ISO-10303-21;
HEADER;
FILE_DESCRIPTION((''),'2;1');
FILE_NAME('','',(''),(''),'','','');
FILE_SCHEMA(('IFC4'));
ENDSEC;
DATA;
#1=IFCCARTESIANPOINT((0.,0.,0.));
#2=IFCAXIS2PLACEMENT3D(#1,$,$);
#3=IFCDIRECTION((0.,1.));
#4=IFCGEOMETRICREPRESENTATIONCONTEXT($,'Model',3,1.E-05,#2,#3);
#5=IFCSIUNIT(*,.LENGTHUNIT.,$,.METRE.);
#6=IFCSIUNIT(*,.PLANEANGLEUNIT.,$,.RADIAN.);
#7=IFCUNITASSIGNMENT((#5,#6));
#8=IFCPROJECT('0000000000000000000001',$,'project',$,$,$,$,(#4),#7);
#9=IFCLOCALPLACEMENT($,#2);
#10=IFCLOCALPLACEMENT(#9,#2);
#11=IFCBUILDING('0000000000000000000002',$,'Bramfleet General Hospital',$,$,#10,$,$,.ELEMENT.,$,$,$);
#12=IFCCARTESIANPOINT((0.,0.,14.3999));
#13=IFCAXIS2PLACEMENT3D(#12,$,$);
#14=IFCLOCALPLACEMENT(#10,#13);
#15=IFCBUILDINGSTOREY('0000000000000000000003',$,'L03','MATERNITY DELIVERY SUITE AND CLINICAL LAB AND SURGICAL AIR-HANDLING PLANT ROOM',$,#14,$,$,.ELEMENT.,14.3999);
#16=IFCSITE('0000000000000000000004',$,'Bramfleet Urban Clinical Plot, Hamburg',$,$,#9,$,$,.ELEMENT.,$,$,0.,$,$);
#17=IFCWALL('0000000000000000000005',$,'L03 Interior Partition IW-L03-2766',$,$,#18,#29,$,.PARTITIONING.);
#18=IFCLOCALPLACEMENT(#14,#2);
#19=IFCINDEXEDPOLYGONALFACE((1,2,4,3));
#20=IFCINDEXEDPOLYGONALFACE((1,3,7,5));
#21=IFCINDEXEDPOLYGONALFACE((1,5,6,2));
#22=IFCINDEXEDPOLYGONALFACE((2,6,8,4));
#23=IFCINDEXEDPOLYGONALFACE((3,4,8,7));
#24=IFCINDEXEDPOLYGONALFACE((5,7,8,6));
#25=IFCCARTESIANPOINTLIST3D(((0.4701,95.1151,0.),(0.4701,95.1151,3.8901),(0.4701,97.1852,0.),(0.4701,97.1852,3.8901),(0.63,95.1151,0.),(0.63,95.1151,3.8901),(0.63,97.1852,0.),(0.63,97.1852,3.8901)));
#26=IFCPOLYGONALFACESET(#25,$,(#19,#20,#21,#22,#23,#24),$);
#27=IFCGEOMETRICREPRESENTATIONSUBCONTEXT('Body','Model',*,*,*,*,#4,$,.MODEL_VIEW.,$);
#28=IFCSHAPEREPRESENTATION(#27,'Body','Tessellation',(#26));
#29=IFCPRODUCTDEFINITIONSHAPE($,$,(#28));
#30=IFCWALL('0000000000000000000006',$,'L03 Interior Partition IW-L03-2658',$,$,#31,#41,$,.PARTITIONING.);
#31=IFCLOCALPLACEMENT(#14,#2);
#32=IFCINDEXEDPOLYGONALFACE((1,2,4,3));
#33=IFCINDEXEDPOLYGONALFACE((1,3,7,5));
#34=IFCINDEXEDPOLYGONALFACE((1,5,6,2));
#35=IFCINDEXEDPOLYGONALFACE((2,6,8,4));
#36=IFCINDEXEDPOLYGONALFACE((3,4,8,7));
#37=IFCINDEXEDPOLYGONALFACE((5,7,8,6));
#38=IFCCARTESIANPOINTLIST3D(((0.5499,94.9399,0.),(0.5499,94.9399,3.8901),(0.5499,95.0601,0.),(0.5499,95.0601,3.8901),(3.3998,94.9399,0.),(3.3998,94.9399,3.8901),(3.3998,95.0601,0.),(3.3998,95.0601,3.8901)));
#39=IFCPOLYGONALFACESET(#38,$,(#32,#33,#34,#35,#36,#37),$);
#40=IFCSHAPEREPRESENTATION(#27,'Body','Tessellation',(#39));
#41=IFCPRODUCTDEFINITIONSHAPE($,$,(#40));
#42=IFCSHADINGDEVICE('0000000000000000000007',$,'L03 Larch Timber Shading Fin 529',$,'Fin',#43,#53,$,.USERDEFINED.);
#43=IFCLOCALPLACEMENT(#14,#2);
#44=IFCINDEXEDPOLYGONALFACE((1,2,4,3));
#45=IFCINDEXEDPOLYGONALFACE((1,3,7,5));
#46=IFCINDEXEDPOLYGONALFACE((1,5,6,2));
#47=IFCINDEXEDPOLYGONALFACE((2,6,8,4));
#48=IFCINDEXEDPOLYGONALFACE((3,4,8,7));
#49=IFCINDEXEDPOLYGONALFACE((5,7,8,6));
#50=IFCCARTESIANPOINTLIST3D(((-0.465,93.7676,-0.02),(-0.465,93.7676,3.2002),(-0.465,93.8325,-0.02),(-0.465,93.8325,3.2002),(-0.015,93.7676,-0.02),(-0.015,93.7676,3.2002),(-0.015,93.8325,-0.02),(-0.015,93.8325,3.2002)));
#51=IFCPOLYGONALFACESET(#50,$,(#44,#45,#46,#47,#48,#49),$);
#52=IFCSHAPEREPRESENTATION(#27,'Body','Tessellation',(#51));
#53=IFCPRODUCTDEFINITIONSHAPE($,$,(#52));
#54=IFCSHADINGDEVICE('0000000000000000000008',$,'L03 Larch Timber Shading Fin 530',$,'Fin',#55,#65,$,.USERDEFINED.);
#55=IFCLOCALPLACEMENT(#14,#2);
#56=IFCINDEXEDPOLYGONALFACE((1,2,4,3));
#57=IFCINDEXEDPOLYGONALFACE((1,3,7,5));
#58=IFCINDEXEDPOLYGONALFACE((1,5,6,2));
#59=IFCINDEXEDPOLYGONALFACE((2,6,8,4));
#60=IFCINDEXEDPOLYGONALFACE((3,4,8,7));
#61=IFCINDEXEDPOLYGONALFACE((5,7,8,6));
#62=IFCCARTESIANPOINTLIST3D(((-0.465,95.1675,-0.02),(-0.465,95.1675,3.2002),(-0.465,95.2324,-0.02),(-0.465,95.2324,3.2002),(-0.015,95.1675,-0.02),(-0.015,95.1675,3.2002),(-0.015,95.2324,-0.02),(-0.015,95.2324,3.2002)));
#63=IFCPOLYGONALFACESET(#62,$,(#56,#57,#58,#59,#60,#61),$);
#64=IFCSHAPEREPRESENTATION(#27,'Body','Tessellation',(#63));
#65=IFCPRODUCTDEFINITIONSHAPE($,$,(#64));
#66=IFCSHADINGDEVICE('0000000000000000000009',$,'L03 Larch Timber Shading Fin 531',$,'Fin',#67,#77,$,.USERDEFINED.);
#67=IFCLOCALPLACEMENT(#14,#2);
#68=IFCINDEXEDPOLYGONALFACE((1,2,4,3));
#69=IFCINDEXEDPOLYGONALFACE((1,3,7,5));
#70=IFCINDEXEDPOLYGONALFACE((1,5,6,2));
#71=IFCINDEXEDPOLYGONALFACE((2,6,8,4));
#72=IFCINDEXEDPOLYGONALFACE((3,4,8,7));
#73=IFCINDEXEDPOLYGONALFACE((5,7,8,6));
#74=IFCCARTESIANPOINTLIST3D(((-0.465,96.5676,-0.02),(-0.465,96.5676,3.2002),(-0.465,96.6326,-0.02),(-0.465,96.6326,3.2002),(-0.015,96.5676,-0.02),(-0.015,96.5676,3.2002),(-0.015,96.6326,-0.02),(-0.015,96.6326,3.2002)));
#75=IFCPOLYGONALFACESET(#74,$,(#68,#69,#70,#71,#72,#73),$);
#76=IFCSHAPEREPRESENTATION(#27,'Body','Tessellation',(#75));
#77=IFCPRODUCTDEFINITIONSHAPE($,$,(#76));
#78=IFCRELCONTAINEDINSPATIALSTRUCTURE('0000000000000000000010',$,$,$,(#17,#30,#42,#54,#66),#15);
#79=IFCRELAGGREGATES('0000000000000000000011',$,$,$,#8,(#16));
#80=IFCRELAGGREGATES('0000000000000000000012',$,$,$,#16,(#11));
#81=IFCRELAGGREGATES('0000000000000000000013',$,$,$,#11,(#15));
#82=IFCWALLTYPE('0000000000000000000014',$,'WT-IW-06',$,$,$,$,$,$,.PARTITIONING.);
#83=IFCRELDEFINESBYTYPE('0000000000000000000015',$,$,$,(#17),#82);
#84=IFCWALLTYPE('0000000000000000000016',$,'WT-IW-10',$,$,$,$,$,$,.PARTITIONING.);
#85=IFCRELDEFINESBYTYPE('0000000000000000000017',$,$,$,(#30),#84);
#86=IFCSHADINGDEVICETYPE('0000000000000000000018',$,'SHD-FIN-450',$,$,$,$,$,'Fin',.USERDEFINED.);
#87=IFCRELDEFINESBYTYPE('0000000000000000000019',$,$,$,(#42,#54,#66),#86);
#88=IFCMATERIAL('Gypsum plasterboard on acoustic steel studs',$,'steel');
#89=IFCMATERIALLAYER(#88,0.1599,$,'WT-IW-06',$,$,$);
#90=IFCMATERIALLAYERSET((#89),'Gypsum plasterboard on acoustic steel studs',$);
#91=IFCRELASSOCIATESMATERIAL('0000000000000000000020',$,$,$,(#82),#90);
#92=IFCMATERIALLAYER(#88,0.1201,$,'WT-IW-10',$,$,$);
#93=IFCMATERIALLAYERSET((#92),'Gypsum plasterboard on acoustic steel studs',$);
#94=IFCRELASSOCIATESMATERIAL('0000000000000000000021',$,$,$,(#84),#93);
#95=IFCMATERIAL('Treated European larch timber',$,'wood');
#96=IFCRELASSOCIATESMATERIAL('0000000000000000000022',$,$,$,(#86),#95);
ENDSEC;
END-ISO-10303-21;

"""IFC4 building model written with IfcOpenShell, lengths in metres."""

from ifc_helpers import new_model, si_unit, direction, frame, frame_2d, origin, origin_2d, place, context, subcontext, project, spatial, rectangle, extrude, material, layer, layer_set, material_profile, profile_set, type_object, element, save


model = new_model("IFC4")

# Units and contexts
model_context = context("Model", 3, precision=1e-05, world=origin(), true_north=direction((0.0, 1.0)))
body_context = subcontext(model_context, "Body", "Model", "MODEL_VIEW")
ifc_project = project(units=[si_unit("LENGTHUNIT", "METRE"), si_unit("PLANEANGLEUNIT", "RADIAN")], contexts=[model_context])

# Site, building, storey
site_placement = place(None, origin())
site = spatial("IfcSite", under=ifc_project, at=site_placement, Name="Bramfleet Urban Clinical Plot, Hamburg", CompositionType="ELEMENT", RefElevation=0.0)
building_placement = place(site_placement, origin())
building = spatial("IfcBuilding", under=site, at=building_placement, Name="Bramfleet General Hospital", CompositionType="ELEMENT")
storey_placement = place(building_placement, frame((0.0, 0.0, 14.3999)))
storey = spatial("IfcBuildingStorey", under=building, at=storey_placement, Name="L03", Description="MATERNITY DELIVERY SUITE AND CLINICAL LAB AND SURGICAL AIR-HANDLING PLANT ROOM", CompositionType="ELEMENT", Elevation=14.3999)

# Walls
ifc_material_1 = material(Name="Gypsum plasterboard on acoustic steel studs", Category="steel")
ifc_layer_1 = layer(ifc_material_1, 0.1599, Name="WT-IW-06")
ifc_layer_set_1 = layer_set([ifc_layer_1], Name="Gypsum plasterboard on acoustic steel studs")
wall_type_1 = type_object("IfcWallType", Name="WT-IW-06", PredefinedType="PARTITIONING", material=ifc_layer_set_1)
wall_1_placement = place(storey_placement, frame((0.55, 95.115, 0.0), z_axis=(0.0, 0.0, 1.0), x_axis=(0.0, 1.0, 0.0)))
element("IfcWall", 1, at=wall_1_placement, inside=storey, type_object=wall_type_1, Name="L03 Interior Partition IW-L03-2766", PredefinedType="PARTITIONING", context=body_context, shape_type="SweptSolid", body=[
    extrude(rectangle(XDim=2.0701, YDim=0.1599, at=frame_2d((1.0352, 0.0))), origin(), (0.0, 0.0, 1.0), 3.8901),
])
ifc_layer_2 = layer(ifc_material_1, 0.1201, Name="WT-IW-10")
ifc_layer_set_2 = layer_set([ifc_layer_2], Name="Gypsum plasterboard on acoustic steel studs")
wall_type_2 = type_object("IfcWallType", Name="WT-IW-10", PredefinedType="PARTITIONING", material=ifc_layer_set_2)
wall_2_placement = place(storey_placement, frame((0.55, 95.0, 0.0), z_axis=(0.0, 0.0, 1.0), x_axis=(1.0, 0.0, 0.0)))
element("IfcWall", 2, at=wall_2_placement, inside=storey, type_object=wall_type_2, Name="L03 Interior Partition IW-L03-2658", PredefinedType="PARTITIONING", context=body_context, shape_type="SweptSolid", body=[
    extrude(rectangle(XDim=2.8499, YDim=0.1201, at=frame_2d((1.4248, 0.0))), origin(), (0.0, 0.0, 1.0), 3.8901),
])

# Shading devices
ifc_material_2 = material(Name="Treated European larch timber", Category="wood")
ifc_material_profile_1 = material_profile(ifc_material_2, rectangle(XDim=0.0649, YDim=0.45, at=origin_2d()), Name="LARCH FIN 450x65")
ifc_profile_set_1 = profile_set([ifc_material_profile_1], Name="Treated European larch timber")
shading_device_type = type_object("IfcShadingDeviceType", Name="SHD-FIN-450", ElementType="Fin", PredefinedType="USERDEFINED", material=ifc_profile_set_1)
for number, where, z_axis, x_axis, name in (
    (3, (-0.24, 93.8, -0.02), (0.0, 0.0, 1.0), (0.0, 1.0, 0.0), "L03 Larch Timber Shading Fin 529"),
    (4, (-0.24, 95.2, -0.02), (0.0, 0.0, 1.0), (0.0, 1.0, 0.0), "L03 Larch Timber Shading Fin 530"),
    (5, (-0.24, 96.6001, -0.02), (0.0, 0.0, 1.0), (0.0, 1.0, 0.0), "L03 Larch Timber Shading Fin 531"),
):
    element("IfcShadingDevice", number, at=place(storey_placement, frame(where, z_axis=z_axis, x_axis=x_axis)), inside=storey, type_object=shading_device_type, Name=name, ObjectType="Fin", PredefinedType="USERDEFINED", context=body_context, shape_type="SweptSolid", body=[
        extrude(rectangle(XDim=0.0649, YDim=0.45, at=origin_2d()), origin(), (0.0, 0.0, 1.0), 3.2202),
    ])

save(model, "model.ifc")
